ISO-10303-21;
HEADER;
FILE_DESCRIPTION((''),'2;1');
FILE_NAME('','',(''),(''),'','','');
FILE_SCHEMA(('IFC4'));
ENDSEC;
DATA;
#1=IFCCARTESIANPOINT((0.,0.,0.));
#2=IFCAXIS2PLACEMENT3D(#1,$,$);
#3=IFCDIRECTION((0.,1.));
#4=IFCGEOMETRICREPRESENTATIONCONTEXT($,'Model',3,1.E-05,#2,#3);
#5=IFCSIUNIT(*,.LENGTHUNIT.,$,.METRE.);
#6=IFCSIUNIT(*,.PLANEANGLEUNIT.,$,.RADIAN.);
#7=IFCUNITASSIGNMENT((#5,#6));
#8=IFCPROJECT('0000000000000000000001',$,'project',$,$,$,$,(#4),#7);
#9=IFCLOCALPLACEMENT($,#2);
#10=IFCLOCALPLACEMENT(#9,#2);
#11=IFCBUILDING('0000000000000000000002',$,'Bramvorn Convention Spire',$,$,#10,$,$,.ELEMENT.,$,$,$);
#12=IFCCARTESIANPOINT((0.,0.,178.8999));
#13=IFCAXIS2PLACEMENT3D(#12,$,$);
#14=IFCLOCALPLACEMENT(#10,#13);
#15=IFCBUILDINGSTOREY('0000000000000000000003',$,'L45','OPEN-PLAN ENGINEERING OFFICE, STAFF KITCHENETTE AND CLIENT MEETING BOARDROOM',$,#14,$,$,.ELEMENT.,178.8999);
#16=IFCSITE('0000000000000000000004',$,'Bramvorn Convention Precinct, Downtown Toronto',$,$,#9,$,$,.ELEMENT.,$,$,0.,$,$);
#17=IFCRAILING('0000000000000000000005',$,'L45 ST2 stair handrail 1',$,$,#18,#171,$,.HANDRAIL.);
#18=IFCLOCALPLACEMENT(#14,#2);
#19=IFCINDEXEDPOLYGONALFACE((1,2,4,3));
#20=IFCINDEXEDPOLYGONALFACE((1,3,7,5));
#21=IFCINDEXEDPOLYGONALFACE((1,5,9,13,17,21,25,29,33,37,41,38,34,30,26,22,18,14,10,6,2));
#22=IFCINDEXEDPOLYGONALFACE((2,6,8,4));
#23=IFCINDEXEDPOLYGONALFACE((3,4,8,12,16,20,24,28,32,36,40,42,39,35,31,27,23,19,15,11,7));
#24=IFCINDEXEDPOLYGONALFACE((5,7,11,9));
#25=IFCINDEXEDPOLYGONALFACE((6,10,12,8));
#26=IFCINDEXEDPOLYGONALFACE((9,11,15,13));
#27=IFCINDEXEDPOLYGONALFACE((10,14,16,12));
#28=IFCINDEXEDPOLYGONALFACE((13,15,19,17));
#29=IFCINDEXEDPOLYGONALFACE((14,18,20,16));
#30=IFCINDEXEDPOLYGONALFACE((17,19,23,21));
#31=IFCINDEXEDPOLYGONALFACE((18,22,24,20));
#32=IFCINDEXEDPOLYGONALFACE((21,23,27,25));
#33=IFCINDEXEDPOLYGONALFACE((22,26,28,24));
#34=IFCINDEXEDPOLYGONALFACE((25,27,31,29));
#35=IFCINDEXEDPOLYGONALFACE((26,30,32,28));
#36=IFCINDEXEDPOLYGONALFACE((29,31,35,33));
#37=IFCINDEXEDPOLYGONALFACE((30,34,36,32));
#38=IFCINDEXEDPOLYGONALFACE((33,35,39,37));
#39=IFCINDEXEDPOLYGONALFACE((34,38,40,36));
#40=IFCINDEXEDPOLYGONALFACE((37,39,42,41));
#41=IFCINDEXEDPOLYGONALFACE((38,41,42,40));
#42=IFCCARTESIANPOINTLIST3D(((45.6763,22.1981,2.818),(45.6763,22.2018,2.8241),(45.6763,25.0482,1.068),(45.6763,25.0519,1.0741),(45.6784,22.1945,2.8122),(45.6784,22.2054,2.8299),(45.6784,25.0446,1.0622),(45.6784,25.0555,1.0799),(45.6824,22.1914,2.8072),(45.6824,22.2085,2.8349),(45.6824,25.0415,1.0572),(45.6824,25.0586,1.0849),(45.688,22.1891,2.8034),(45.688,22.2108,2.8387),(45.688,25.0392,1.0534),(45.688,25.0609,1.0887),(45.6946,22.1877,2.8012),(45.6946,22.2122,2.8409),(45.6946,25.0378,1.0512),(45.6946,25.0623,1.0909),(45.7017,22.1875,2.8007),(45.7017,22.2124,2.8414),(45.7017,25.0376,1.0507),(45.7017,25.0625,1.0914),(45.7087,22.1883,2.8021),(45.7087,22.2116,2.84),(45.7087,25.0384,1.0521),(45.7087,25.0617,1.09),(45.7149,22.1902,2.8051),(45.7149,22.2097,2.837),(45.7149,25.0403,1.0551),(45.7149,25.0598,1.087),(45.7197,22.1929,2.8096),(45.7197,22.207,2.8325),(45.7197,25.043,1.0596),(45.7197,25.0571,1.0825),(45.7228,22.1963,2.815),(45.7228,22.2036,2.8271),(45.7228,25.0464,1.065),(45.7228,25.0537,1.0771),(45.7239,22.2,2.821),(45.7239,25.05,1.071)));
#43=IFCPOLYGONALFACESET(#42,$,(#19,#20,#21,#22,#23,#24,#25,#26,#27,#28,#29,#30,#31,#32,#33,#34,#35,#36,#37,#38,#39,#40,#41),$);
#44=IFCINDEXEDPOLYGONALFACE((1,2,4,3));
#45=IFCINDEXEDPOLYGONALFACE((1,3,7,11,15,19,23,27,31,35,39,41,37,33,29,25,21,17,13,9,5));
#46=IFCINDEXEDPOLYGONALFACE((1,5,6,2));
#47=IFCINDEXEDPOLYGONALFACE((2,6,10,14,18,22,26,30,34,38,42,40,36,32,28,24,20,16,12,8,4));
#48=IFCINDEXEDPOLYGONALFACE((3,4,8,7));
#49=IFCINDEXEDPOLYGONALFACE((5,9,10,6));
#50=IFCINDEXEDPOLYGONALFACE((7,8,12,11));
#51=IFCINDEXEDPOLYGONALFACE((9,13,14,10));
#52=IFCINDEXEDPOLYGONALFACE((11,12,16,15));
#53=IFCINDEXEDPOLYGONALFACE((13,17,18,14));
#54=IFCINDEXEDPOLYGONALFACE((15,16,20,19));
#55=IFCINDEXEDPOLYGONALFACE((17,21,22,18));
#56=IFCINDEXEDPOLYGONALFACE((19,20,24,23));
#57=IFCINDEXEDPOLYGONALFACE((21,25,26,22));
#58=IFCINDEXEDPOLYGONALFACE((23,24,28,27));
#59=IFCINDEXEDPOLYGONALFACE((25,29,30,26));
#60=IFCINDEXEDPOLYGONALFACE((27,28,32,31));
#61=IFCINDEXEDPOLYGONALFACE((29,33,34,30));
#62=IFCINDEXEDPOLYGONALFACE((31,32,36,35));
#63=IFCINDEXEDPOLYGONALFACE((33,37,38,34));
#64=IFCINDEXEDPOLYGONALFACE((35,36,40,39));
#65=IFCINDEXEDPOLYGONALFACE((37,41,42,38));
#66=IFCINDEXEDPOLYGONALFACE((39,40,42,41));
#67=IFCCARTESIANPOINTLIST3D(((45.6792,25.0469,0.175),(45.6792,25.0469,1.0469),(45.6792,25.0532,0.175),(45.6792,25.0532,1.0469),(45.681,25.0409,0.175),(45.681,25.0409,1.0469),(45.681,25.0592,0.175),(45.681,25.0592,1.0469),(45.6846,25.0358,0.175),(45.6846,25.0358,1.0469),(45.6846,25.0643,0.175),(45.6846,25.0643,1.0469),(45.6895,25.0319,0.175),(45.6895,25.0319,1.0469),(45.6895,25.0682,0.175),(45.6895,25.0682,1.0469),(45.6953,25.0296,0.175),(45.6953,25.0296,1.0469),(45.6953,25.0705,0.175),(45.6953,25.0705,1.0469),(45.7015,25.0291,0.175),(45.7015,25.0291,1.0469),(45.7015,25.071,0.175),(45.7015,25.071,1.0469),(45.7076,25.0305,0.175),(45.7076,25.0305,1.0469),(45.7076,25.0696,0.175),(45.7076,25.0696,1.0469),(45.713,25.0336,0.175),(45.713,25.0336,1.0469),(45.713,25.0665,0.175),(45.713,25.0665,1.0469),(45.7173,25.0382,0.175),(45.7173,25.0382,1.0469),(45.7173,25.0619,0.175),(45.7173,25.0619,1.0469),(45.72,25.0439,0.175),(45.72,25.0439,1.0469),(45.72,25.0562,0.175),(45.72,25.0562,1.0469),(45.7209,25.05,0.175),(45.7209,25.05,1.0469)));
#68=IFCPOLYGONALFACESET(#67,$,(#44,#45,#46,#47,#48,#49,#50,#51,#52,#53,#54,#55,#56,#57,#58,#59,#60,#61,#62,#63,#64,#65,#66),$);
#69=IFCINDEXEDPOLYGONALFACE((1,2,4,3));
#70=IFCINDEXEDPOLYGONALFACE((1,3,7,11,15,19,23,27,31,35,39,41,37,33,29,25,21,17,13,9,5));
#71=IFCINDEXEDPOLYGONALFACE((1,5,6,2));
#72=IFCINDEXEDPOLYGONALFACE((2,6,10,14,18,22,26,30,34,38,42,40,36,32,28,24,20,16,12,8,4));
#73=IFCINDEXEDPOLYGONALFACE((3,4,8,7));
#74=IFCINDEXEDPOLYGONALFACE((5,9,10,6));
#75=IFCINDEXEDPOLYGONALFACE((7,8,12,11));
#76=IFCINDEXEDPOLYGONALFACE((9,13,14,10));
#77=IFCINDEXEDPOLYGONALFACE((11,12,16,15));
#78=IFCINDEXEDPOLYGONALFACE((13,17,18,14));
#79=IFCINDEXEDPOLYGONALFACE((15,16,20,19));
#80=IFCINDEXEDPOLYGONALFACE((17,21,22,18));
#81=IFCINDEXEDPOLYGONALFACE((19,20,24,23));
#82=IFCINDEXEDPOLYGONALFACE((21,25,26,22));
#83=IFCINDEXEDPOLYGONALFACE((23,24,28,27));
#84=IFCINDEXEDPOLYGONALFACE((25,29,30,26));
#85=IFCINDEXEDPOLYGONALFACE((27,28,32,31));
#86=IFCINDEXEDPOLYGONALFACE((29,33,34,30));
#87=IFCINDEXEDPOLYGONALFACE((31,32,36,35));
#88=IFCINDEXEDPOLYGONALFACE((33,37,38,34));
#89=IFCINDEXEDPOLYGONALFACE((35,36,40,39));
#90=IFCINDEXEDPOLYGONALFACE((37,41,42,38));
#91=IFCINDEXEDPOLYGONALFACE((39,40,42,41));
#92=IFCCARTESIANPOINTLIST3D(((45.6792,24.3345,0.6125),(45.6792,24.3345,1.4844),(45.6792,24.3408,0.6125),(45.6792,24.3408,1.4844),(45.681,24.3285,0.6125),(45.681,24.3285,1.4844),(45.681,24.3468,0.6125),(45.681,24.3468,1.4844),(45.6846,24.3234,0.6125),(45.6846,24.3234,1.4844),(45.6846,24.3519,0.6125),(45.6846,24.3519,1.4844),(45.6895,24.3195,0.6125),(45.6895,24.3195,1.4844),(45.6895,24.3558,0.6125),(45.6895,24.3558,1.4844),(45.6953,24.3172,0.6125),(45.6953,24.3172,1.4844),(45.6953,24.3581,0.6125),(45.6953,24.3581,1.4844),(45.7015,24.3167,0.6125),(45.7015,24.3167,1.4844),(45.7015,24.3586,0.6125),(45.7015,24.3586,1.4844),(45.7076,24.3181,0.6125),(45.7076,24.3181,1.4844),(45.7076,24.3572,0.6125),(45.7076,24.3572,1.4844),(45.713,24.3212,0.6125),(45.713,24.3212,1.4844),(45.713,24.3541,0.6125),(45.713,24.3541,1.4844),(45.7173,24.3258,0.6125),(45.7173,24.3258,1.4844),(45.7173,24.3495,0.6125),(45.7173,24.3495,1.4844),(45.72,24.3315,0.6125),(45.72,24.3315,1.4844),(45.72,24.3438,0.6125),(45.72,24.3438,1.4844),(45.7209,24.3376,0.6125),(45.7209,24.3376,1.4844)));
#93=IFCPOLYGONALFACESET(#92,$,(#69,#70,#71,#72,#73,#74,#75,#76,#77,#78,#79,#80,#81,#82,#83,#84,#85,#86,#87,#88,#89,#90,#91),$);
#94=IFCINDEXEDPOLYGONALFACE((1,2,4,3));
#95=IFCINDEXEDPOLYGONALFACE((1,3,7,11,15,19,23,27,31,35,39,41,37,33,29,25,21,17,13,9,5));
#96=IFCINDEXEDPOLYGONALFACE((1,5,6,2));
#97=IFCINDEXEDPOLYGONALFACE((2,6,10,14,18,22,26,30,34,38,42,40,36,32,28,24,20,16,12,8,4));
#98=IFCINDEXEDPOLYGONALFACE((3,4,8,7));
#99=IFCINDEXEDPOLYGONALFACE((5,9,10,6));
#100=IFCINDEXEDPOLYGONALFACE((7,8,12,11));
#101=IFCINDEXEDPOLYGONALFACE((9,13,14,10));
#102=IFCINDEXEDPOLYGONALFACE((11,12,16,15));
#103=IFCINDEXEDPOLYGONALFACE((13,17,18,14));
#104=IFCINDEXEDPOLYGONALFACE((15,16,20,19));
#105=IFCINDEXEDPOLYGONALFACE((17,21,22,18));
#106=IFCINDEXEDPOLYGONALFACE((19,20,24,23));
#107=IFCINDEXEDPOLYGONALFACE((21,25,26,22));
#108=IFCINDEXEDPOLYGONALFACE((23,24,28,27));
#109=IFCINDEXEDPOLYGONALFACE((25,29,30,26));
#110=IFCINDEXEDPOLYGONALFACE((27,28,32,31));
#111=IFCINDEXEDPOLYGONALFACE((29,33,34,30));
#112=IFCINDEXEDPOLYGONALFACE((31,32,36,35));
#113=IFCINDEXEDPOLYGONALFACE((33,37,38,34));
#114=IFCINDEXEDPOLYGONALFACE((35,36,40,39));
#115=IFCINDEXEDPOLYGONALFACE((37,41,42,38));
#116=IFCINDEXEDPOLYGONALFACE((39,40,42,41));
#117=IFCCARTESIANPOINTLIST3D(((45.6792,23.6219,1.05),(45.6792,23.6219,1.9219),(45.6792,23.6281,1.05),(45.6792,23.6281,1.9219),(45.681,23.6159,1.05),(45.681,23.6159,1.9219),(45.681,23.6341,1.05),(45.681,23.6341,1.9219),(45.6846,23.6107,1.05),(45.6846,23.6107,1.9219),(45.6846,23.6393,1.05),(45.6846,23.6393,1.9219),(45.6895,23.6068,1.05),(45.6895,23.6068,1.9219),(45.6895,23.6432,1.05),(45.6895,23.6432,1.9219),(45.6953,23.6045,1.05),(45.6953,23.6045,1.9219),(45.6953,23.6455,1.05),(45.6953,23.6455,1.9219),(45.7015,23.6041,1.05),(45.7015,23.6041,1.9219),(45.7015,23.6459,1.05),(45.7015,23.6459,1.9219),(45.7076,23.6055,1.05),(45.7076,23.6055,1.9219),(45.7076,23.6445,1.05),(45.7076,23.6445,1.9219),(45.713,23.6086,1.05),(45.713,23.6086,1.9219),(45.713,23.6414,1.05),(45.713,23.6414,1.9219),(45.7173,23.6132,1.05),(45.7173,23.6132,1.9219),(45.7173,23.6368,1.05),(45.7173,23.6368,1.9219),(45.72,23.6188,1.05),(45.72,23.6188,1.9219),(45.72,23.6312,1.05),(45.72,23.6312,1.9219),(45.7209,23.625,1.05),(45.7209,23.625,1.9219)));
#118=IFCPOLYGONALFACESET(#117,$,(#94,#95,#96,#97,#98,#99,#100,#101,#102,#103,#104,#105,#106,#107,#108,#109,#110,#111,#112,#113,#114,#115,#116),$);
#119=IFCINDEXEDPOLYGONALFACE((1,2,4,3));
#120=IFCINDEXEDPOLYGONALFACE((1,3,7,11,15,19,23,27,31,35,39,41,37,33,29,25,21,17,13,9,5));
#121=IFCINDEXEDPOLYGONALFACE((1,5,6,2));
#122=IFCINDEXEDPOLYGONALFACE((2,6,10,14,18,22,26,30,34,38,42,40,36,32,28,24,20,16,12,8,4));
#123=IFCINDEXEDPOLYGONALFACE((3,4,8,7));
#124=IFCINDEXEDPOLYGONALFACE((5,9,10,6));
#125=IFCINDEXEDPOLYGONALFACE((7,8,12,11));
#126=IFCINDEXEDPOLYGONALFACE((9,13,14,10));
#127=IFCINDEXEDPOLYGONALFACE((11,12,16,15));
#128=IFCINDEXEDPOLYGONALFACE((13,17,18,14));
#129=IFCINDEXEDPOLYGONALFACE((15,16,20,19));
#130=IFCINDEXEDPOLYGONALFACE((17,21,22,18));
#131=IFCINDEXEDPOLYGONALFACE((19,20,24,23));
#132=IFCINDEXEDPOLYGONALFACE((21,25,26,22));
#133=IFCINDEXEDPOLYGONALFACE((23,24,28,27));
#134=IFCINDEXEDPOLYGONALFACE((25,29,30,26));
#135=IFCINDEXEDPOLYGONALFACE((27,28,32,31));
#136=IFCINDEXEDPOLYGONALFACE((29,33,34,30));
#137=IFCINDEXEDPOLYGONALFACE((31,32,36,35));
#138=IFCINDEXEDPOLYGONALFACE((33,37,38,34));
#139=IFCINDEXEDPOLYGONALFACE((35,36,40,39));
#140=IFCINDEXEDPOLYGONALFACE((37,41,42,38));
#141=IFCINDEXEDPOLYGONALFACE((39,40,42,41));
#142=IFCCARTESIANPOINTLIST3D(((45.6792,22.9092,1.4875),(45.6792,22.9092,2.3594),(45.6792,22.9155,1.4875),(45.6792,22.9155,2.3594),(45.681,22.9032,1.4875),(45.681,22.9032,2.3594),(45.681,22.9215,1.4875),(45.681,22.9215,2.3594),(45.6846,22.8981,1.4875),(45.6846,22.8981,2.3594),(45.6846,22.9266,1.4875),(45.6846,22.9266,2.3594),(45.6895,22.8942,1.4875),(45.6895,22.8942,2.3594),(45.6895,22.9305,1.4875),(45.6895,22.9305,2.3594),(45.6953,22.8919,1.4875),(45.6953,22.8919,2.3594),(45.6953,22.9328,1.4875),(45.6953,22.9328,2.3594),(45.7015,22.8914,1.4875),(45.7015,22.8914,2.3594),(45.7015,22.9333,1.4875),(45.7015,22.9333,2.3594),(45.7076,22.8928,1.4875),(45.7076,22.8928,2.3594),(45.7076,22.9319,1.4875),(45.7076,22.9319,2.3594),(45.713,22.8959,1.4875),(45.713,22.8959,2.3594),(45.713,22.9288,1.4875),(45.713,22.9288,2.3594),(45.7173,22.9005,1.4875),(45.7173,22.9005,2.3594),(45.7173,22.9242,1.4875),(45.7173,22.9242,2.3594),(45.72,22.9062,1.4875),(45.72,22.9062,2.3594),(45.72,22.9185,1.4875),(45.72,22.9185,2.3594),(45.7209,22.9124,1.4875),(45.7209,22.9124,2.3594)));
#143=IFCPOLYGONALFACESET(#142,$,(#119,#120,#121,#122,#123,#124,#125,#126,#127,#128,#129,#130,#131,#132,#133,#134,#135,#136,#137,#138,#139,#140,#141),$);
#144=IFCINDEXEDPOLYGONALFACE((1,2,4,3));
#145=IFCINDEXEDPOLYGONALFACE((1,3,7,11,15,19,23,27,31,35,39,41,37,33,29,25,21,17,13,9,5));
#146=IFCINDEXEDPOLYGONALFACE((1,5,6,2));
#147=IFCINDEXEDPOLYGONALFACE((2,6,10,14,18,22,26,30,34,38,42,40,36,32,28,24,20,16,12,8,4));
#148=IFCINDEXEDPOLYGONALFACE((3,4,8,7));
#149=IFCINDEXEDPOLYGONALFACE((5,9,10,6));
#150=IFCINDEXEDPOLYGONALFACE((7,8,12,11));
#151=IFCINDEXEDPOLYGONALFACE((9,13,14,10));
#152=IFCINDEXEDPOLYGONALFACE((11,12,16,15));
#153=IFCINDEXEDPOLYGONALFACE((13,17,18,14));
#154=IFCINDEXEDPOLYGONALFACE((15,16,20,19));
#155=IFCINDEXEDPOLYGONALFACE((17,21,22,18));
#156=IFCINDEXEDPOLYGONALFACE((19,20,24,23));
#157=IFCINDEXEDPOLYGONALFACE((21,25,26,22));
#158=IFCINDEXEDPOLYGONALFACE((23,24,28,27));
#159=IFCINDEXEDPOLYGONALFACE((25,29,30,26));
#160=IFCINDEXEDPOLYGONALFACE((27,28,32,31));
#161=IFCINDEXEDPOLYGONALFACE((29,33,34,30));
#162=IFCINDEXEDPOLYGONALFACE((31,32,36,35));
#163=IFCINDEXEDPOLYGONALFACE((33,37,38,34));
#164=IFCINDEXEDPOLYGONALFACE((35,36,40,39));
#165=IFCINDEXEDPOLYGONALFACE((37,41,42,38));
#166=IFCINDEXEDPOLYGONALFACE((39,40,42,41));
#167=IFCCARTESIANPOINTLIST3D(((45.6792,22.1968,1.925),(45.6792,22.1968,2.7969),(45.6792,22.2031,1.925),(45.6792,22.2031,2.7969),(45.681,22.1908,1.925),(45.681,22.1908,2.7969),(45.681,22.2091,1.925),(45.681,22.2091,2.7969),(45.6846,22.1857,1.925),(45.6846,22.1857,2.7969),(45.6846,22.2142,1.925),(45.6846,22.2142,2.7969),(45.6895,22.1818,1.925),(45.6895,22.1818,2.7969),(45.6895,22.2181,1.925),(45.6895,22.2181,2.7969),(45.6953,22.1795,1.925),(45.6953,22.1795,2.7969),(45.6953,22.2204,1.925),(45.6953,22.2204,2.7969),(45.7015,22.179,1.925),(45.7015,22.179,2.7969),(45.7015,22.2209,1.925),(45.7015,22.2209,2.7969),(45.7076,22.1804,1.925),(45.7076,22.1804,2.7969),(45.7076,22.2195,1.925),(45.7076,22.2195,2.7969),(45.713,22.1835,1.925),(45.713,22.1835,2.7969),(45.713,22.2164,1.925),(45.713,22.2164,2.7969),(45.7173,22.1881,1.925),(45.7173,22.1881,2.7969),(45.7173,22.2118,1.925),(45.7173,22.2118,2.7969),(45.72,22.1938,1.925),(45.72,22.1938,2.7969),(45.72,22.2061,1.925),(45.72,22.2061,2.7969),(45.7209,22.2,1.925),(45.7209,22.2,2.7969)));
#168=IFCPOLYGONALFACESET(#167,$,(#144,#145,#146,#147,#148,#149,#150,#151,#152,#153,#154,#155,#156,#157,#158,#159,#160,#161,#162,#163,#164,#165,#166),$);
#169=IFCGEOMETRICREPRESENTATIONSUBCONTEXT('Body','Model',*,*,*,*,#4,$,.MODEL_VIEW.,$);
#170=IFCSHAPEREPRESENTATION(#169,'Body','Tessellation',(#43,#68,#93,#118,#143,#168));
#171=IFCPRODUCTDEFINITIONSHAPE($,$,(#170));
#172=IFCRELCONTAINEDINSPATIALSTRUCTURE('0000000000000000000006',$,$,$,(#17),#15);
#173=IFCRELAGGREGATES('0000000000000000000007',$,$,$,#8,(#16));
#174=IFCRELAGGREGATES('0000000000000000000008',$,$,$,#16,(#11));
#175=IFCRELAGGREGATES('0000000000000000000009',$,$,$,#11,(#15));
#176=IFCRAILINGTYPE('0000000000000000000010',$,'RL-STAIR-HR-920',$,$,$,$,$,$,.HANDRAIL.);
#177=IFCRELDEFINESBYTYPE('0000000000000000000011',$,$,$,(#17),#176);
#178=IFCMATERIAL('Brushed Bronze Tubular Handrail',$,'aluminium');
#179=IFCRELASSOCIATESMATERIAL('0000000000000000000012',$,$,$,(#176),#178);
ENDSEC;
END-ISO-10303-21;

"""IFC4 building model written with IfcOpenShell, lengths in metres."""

from ifc_helpers import new_model, si_unit, direction, frame, origin, origin_2d, place, context, subcontext, project, spatial, circle, extrude, material, type_object, element, save


model = new_model("IFC4")

# Units and contexts
model_context = context("Model", 3, precision=1e-05, world=origin(), true_north=direction((0.0, 1.0)))
body_context = subcontext(model_context, "Body", "Model", "MODEL_VIEW")
ifc_project = project(units=[si_unit("LENGTHUNIT", "METRE"), si_unit("PLANEANGLEUNIT", "RADIAN")], contexts=[model_context])

# Site, building, storey
site_placement = place(None, origin())
site = spatial("IfcSite", under=ifc_project, at=site_placement, Name="Bramvorn Convention Precinct, Downtown Toronto", CompositionType="ELEMENT", RefElevation=0.0)
building_placement = place(site_placement, origin())
building = spatial("IfcBuilding", under=site, at=building_placement, Name="Bramvorn Convention Spire", CompositionType="ELEMENT")
storey_placement = place(building_placement, frame((0.0, 0.0, 178.8999)))
storey = spatial("IfcBuildingStorey", under=building, at=storey_placement, Name="L45", Description="OPEN-PLAN ENGINEERING OFFICE, STAFF KITCHENETTE AND CLIENT MEETING BOARDROOM", CompositionType="ELEMENT", Elevation=178.8999)

# Railing
ifc_material_1 = material(Name="Brushed Bronze Tubular Handrail", Category="aluminium")
railing_type_1 = type_object("IfcRailingType", Name="RL-STAIR-HR-920", PredefinedType="HANDRAIL", material=ifc_material_1)
railing_1_placement = place(storey_placement, frame((45.7, 25.05, 0.175)))
element("IfcRailing", 1, at=railing_1_placement, inside=storey, type_object=railing_type_1, Name="L45 ST2 stair handrail 1", PredefinedType="HANDRAIL", context=body_context, shape_type="SweptSolid", body=[
    extrude(circle(Radius=0.0239, at=origin_2d()), frame((0.0, 0.0, 0.896), z_axis=(0.0, -0.852179, 0.52325), x_axis=(1.0, 0.0, 0.0)), (0.0, 0.0, 1.0), 3.3445),
    extrude(circle(Radius=0.021, at=origin_2d()), origin(), (0.0, 0.0, 1.0), 0.8718),
    extrude(circle(Radius=0.021, at=origin_2d()), frame((0.0, -0.7124, 0.4375)), (0.0, 0.0, 1.0), 0.8718),
    extrude(circle(Radius=0.021, at=origin_2d()), frame((0.0, -1.425, 0.875)), (0.0, 0.0, 1.0), 0.8718),
    extrude(circle(Radius=0.021, at=origin_2d()), frame((0.0, -2.1377, 1.3125)), (0.0, 0.0, 1.0), 0.8718),
    extrude(circle(Radius=0.021, at=origin_2d()), frame((0.0, -2.8501, 1.75)), (0.0, 0.0, 1.0), 0.8718),
])

save(model, "model.ifc")
